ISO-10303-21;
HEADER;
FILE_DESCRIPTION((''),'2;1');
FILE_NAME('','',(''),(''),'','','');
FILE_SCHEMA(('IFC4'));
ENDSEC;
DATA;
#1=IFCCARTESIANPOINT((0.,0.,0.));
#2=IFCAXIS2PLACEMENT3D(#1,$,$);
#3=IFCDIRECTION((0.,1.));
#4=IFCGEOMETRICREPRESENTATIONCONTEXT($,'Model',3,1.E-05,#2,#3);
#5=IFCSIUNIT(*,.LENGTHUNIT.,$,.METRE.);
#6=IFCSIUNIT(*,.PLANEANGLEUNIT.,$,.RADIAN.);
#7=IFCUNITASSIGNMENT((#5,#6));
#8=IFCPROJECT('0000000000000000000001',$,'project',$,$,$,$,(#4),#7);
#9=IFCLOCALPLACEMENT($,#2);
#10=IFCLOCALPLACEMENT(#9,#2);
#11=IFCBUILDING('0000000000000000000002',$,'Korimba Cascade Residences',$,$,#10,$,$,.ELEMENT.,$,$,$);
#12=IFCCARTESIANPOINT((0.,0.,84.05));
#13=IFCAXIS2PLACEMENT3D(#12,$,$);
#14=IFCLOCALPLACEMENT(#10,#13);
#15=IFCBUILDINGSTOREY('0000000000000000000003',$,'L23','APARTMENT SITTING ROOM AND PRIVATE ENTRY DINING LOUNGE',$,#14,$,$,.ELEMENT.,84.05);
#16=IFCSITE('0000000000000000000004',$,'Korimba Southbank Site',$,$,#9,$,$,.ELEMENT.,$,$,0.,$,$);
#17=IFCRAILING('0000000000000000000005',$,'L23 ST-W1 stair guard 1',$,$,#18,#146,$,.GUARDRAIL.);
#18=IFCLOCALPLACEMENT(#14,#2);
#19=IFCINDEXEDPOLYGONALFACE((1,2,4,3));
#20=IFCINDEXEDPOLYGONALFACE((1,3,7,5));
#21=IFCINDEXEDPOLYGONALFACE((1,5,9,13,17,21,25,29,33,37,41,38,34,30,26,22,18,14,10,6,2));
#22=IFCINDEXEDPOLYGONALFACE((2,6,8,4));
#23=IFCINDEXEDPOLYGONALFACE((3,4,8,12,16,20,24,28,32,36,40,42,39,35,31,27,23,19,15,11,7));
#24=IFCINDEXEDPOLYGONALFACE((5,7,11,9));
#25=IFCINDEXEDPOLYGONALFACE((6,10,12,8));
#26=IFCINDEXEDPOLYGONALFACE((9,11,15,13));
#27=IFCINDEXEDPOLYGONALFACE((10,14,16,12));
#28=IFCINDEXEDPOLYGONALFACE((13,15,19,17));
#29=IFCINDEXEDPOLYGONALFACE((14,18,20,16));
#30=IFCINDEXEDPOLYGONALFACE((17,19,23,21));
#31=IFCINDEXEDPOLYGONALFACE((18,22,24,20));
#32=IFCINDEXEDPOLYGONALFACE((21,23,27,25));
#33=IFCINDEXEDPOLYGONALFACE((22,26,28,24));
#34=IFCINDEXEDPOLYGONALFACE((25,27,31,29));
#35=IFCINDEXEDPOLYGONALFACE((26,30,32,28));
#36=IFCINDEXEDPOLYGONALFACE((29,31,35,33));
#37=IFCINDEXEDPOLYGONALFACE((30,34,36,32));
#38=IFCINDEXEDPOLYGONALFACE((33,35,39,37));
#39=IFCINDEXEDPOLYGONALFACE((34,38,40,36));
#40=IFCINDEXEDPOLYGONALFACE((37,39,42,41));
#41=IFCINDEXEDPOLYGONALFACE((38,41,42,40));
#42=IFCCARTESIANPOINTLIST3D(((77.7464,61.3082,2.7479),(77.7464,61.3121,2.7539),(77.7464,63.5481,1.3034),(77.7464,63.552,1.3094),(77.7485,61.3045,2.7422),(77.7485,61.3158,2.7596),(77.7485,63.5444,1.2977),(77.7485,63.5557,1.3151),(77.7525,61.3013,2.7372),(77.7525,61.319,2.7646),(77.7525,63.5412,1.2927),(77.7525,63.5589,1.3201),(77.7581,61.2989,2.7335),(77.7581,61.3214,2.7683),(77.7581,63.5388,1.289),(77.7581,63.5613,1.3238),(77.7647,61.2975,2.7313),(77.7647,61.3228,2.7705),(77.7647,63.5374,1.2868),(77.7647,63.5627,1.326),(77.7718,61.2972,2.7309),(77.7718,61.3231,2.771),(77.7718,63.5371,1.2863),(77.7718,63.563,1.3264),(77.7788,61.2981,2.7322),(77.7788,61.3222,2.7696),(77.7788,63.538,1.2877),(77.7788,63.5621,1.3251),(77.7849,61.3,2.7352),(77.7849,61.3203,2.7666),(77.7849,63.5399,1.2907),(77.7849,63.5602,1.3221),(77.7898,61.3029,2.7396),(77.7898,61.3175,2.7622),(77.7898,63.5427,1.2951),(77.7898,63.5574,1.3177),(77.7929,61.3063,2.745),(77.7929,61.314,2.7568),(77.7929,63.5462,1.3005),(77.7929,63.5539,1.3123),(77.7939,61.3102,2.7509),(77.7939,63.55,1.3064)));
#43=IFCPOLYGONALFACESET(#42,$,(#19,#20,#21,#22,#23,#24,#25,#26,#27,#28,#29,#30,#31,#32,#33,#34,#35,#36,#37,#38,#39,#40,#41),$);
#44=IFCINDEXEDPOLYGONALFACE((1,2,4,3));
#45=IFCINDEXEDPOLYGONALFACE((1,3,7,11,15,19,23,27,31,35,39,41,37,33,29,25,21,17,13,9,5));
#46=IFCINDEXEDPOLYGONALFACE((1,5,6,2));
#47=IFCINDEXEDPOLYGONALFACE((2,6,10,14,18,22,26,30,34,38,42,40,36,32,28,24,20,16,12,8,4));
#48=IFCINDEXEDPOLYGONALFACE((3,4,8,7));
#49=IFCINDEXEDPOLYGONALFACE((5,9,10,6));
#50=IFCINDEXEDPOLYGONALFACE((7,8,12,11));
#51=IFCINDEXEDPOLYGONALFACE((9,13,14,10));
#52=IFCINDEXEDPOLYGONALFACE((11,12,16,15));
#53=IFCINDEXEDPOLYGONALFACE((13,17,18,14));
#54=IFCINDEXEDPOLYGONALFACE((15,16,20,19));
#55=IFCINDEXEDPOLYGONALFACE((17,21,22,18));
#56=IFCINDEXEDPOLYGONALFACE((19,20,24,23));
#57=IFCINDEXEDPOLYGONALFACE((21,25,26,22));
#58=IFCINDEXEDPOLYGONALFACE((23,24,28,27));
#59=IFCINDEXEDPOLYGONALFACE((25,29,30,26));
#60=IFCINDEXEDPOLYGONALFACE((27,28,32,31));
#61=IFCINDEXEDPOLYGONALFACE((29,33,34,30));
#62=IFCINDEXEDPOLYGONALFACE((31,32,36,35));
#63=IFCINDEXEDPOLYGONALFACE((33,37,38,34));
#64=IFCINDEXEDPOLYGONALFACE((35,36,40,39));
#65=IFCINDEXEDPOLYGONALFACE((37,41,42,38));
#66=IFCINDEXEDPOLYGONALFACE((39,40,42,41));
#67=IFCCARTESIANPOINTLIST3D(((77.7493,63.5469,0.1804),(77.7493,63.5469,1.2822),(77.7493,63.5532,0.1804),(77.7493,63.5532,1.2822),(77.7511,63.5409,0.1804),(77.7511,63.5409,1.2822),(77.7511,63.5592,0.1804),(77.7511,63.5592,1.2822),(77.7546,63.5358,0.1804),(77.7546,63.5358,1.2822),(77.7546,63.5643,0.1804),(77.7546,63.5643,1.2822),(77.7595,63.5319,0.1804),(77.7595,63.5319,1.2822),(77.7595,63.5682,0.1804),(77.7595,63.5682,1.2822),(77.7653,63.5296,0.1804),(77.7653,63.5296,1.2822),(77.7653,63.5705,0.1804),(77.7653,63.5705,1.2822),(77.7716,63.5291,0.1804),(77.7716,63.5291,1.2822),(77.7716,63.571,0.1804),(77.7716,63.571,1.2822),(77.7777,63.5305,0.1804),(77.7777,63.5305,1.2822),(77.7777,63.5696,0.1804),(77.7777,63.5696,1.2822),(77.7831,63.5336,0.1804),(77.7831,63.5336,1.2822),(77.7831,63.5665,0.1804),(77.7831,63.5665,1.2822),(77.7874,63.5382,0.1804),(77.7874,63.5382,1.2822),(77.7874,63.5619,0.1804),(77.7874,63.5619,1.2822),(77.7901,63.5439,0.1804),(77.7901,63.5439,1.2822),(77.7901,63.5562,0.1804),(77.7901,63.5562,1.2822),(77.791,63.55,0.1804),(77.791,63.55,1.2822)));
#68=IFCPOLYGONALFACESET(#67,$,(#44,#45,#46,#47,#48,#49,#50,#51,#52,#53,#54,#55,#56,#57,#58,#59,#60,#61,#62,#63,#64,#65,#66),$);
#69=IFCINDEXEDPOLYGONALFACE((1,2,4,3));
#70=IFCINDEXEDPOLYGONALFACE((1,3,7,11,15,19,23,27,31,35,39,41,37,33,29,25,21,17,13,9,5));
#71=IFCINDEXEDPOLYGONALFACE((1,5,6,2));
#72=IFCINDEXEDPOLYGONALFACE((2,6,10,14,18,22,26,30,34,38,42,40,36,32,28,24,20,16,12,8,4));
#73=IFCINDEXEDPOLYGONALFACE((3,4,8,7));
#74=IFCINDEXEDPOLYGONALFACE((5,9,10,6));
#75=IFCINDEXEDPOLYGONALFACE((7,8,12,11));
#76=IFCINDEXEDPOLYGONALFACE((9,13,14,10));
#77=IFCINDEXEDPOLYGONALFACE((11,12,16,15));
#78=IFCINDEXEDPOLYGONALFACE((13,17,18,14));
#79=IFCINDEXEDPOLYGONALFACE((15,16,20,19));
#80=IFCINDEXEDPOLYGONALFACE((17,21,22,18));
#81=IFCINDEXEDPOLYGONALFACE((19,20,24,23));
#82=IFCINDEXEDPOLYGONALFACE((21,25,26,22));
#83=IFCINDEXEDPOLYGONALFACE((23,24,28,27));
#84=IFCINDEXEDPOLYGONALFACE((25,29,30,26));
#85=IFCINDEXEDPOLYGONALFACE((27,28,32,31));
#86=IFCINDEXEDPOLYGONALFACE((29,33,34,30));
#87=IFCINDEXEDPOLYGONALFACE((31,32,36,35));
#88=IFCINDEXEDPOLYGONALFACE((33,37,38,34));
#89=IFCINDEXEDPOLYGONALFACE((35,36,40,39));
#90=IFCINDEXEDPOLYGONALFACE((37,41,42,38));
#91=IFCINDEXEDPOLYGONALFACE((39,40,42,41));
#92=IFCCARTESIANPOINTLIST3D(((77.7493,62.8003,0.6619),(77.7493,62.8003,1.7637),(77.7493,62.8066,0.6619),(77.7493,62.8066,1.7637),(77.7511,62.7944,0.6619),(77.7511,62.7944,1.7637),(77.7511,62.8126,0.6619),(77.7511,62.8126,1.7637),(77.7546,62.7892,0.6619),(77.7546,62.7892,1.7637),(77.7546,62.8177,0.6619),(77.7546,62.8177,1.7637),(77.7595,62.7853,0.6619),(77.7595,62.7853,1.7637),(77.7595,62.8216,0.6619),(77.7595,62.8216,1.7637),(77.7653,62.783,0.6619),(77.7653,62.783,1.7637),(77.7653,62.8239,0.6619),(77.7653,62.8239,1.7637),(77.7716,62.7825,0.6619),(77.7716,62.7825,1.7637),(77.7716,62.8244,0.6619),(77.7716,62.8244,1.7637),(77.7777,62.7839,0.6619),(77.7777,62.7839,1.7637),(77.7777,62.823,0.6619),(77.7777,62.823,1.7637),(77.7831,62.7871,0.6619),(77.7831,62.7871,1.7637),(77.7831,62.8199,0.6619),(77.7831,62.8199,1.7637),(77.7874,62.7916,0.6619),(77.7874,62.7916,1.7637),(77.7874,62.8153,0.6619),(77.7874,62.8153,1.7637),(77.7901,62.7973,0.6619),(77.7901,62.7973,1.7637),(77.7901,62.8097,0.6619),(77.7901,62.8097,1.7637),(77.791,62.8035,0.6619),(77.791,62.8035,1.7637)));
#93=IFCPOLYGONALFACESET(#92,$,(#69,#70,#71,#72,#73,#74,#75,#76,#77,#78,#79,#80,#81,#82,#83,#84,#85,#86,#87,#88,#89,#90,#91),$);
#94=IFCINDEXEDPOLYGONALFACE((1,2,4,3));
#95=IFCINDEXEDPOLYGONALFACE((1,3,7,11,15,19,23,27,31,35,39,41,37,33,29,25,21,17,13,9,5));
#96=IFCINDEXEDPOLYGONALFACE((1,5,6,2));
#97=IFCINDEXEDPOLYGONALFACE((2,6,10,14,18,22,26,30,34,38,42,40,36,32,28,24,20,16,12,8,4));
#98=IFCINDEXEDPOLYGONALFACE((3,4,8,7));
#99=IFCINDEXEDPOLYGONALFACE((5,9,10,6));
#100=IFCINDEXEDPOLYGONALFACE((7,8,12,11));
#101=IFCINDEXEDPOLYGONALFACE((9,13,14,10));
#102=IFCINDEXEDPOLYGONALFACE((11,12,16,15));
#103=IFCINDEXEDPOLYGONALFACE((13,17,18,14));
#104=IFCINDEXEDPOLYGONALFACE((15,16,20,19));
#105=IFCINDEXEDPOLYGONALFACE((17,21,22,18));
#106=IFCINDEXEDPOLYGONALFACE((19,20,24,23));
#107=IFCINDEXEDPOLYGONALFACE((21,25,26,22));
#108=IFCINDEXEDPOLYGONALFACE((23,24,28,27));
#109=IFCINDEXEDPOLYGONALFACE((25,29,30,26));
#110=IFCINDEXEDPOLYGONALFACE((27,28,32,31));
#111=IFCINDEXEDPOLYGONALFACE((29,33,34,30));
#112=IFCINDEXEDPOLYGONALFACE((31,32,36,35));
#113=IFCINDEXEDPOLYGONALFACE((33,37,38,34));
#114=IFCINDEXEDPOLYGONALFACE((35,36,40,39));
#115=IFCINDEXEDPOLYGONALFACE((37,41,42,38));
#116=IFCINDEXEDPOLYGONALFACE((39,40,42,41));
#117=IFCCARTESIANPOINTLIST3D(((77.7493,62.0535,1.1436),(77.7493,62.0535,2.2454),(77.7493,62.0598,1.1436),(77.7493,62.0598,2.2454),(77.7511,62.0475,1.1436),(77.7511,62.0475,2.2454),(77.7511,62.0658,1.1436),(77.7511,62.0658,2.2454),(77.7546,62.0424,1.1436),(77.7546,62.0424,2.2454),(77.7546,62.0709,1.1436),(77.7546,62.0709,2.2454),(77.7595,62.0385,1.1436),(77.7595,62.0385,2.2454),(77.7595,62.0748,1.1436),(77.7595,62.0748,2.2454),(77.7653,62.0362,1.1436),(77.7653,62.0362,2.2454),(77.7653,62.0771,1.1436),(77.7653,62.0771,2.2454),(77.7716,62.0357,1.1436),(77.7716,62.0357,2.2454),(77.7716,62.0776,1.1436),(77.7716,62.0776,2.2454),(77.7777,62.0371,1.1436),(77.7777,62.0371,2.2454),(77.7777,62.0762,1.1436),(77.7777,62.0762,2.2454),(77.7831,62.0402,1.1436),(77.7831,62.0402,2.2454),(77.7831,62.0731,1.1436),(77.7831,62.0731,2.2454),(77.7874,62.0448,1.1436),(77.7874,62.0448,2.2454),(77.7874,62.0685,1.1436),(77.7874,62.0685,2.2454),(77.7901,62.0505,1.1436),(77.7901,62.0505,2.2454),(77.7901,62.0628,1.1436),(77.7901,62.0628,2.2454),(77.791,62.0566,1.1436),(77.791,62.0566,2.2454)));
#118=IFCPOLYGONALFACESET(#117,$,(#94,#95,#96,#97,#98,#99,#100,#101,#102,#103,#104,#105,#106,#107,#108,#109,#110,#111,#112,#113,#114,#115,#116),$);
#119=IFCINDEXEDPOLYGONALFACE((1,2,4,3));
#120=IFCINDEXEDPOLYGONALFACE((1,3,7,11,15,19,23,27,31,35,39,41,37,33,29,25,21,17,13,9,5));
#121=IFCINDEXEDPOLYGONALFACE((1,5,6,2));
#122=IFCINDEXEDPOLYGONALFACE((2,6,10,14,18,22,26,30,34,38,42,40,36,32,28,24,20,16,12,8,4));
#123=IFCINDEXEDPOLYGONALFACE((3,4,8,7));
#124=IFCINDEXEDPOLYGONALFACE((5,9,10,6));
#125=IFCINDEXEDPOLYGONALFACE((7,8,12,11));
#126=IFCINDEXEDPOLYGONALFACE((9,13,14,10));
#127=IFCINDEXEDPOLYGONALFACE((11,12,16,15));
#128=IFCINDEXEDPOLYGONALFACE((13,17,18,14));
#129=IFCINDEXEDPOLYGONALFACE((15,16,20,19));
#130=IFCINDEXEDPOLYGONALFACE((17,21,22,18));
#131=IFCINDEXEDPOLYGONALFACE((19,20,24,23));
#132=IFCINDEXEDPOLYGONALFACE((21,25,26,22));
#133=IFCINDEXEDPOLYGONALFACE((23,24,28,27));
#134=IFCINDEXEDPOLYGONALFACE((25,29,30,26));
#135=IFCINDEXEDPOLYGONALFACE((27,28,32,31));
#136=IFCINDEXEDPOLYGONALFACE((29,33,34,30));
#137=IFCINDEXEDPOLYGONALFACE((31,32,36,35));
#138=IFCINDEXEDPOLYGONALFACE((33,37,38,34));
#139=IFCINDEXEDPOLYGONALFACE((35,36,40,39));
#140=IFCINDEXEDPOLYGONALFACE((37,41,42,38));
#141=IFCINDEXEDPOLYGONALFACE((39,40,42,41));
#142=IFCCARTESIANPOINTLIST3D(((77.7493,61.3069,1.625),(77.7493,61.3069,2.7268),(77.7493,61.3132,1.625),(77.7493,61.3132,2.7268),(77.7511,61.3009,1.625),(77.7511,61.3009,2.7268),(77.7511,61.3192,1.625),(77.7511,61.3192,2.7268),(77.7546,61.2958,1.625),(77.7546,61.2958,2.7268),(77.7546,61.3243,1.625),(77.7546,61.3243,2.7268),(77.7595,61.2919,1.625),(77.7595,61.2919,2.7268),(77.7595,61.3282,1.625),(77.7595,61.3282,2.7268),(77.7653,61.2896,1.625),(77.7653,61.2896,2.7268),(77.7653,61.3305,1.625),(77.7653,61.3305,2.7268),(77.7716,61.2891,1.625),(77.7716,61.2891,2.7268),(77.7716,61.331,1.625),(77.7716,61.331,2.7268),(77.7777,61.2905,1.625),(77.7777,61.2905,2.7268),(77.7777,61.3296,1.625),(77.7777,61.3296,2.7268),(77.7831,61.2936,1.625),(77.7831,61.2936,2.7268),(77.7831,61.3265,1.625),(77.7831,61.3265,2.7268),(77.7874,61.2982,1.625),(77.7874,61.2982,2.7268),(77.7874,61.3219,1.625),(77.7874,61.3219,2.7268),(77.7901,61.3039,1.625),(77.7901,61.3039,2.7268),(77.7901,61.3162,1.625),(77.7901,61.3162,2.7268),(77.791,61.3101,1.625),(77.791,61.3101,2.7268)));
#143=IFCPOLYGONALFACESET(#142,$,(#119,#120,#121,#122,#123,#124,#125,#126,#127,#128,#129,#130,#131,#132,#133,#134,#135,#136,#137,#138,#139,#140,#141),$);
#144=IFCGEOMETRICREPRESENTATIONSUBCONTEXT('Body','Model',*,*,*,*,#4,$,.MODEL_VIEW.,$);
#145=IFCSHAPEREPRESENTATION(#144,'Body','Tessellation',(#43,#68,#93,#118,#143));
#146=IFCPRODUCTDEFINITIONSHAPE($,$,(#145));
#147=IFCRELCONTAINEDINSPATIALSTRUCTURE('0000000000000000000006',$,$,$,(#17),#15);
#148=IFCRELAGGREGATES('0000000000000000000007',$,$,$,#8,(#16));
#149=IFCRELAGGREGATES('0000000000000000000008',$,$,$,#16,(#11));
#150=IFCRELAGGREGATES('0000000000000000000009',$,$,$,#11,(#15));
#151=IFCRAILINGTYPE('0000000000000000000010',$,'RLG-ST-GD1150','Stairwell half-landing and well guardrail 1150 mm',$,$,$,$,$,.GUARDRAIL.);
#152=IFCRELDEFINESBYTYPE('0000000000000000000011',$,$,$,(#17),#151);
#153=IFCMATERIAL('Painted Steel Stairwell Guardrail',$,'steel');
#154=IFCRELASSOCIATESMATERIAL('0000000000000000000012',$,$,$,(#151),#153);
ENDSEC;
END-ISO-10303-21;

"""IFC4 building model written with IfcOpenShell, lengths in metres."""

from ifc_helpers import new_model, si_unit, direction, frame, origin, origin_2d, place, context, subcontext, project, spatial, circle, extrude, material, type_object, element, save


model = new_model("IFC4")

# Units and contexts
model_context = context("Model", 3, precision=1e-05, world=origin(), true_north=direction((0.0, 1.0)))
body_context = subcontext(model_context, "Body", "Model", "MODEL_VIEW")
ifc_project = project(units=[si_unit("LENGTHUNIT", "METRE"), si_unit("PLANEANGLEUNIT", "RADIAN")], contexts=[model_context])

# Site, building, storey
site_placement = place(None, origin())
site = spatial("IfcSite", under=ifc_project, at=site_placement, Name="Korimba Southbank Site", CompositionType="ELEMENT", RefElevation=0.0)
building_placement = place(site_placement, origin())
building = spatial("IfcBuilding", under=site, at=building_placement, Name="Korimba Cascade Residences", CompositionType="ELEMENT")
storey_placement = place(building_placement, frame((0.0, 0.0, 84.05)))
storey = spatial("IfcBuildingStorey", under=building, at=storey_placement, Name="L23", Description="APARTMENT SITTING ROOM AND PRIVATE ENTRY DINING LOUNGE", CompositionType="ELEMENT", Elevation=84.05)

# Railing
ifc_material_1 = material(Name="Painted Steel Stairwell Guardrail", Category="steel")
railing_type_1 = type_object("IfcRailingType", Name="RLG-ST-GD1150", Description="Stairwell half-landing and well guardrail 1150 mm", PredefinedType="GUARDRAIL", material=ifc_material_1)
railing_1_placement = place(storey_placement, frame((77.77, 63.55, 0.1804)))
element("IfcRailing", 1, at=railing_1_placement, inside=storey, type_object=railing_type_1, Name="L23 ST-W1 stair guard 1", PredefinedType="GUARDRAIL", context=body_context, shape_type="SweptSolid", body=[
    extrude(circle(Radius=0.0239, at=origin_2d()), frame((0.0, 0.0, 1.126), z_axis=(0.0, -0.840395, 0.541975), x_axis=(1.0, 0.0, 0.0)), (0.0, 0.0, 1.0), 2.6653),
    extrude(circle(Radius=0.021, at=origin_2d()), origin(), (0.0, 0.0, 1.0), 1.1018),
    extrude(circle(Radius=0.021, at=origin_2d()), frame((0.0, -0.7466, 0.4814)), (0.0, 0.0, 1.0), 1.1018),
    extrude(circle(Radius=0.021, at=origin_2d()), frame((0.0, -1.4934, 0.9631)), (0.0, 0.0, 1.0), 1.1018),
    extrude(circle(Radius=0.021, at=origin_2d()), frame((0.0, -2.24, 1.4446)), (0.0, 0.0, 1.0), 1.1018),
])

save(model, "model.ifc")
